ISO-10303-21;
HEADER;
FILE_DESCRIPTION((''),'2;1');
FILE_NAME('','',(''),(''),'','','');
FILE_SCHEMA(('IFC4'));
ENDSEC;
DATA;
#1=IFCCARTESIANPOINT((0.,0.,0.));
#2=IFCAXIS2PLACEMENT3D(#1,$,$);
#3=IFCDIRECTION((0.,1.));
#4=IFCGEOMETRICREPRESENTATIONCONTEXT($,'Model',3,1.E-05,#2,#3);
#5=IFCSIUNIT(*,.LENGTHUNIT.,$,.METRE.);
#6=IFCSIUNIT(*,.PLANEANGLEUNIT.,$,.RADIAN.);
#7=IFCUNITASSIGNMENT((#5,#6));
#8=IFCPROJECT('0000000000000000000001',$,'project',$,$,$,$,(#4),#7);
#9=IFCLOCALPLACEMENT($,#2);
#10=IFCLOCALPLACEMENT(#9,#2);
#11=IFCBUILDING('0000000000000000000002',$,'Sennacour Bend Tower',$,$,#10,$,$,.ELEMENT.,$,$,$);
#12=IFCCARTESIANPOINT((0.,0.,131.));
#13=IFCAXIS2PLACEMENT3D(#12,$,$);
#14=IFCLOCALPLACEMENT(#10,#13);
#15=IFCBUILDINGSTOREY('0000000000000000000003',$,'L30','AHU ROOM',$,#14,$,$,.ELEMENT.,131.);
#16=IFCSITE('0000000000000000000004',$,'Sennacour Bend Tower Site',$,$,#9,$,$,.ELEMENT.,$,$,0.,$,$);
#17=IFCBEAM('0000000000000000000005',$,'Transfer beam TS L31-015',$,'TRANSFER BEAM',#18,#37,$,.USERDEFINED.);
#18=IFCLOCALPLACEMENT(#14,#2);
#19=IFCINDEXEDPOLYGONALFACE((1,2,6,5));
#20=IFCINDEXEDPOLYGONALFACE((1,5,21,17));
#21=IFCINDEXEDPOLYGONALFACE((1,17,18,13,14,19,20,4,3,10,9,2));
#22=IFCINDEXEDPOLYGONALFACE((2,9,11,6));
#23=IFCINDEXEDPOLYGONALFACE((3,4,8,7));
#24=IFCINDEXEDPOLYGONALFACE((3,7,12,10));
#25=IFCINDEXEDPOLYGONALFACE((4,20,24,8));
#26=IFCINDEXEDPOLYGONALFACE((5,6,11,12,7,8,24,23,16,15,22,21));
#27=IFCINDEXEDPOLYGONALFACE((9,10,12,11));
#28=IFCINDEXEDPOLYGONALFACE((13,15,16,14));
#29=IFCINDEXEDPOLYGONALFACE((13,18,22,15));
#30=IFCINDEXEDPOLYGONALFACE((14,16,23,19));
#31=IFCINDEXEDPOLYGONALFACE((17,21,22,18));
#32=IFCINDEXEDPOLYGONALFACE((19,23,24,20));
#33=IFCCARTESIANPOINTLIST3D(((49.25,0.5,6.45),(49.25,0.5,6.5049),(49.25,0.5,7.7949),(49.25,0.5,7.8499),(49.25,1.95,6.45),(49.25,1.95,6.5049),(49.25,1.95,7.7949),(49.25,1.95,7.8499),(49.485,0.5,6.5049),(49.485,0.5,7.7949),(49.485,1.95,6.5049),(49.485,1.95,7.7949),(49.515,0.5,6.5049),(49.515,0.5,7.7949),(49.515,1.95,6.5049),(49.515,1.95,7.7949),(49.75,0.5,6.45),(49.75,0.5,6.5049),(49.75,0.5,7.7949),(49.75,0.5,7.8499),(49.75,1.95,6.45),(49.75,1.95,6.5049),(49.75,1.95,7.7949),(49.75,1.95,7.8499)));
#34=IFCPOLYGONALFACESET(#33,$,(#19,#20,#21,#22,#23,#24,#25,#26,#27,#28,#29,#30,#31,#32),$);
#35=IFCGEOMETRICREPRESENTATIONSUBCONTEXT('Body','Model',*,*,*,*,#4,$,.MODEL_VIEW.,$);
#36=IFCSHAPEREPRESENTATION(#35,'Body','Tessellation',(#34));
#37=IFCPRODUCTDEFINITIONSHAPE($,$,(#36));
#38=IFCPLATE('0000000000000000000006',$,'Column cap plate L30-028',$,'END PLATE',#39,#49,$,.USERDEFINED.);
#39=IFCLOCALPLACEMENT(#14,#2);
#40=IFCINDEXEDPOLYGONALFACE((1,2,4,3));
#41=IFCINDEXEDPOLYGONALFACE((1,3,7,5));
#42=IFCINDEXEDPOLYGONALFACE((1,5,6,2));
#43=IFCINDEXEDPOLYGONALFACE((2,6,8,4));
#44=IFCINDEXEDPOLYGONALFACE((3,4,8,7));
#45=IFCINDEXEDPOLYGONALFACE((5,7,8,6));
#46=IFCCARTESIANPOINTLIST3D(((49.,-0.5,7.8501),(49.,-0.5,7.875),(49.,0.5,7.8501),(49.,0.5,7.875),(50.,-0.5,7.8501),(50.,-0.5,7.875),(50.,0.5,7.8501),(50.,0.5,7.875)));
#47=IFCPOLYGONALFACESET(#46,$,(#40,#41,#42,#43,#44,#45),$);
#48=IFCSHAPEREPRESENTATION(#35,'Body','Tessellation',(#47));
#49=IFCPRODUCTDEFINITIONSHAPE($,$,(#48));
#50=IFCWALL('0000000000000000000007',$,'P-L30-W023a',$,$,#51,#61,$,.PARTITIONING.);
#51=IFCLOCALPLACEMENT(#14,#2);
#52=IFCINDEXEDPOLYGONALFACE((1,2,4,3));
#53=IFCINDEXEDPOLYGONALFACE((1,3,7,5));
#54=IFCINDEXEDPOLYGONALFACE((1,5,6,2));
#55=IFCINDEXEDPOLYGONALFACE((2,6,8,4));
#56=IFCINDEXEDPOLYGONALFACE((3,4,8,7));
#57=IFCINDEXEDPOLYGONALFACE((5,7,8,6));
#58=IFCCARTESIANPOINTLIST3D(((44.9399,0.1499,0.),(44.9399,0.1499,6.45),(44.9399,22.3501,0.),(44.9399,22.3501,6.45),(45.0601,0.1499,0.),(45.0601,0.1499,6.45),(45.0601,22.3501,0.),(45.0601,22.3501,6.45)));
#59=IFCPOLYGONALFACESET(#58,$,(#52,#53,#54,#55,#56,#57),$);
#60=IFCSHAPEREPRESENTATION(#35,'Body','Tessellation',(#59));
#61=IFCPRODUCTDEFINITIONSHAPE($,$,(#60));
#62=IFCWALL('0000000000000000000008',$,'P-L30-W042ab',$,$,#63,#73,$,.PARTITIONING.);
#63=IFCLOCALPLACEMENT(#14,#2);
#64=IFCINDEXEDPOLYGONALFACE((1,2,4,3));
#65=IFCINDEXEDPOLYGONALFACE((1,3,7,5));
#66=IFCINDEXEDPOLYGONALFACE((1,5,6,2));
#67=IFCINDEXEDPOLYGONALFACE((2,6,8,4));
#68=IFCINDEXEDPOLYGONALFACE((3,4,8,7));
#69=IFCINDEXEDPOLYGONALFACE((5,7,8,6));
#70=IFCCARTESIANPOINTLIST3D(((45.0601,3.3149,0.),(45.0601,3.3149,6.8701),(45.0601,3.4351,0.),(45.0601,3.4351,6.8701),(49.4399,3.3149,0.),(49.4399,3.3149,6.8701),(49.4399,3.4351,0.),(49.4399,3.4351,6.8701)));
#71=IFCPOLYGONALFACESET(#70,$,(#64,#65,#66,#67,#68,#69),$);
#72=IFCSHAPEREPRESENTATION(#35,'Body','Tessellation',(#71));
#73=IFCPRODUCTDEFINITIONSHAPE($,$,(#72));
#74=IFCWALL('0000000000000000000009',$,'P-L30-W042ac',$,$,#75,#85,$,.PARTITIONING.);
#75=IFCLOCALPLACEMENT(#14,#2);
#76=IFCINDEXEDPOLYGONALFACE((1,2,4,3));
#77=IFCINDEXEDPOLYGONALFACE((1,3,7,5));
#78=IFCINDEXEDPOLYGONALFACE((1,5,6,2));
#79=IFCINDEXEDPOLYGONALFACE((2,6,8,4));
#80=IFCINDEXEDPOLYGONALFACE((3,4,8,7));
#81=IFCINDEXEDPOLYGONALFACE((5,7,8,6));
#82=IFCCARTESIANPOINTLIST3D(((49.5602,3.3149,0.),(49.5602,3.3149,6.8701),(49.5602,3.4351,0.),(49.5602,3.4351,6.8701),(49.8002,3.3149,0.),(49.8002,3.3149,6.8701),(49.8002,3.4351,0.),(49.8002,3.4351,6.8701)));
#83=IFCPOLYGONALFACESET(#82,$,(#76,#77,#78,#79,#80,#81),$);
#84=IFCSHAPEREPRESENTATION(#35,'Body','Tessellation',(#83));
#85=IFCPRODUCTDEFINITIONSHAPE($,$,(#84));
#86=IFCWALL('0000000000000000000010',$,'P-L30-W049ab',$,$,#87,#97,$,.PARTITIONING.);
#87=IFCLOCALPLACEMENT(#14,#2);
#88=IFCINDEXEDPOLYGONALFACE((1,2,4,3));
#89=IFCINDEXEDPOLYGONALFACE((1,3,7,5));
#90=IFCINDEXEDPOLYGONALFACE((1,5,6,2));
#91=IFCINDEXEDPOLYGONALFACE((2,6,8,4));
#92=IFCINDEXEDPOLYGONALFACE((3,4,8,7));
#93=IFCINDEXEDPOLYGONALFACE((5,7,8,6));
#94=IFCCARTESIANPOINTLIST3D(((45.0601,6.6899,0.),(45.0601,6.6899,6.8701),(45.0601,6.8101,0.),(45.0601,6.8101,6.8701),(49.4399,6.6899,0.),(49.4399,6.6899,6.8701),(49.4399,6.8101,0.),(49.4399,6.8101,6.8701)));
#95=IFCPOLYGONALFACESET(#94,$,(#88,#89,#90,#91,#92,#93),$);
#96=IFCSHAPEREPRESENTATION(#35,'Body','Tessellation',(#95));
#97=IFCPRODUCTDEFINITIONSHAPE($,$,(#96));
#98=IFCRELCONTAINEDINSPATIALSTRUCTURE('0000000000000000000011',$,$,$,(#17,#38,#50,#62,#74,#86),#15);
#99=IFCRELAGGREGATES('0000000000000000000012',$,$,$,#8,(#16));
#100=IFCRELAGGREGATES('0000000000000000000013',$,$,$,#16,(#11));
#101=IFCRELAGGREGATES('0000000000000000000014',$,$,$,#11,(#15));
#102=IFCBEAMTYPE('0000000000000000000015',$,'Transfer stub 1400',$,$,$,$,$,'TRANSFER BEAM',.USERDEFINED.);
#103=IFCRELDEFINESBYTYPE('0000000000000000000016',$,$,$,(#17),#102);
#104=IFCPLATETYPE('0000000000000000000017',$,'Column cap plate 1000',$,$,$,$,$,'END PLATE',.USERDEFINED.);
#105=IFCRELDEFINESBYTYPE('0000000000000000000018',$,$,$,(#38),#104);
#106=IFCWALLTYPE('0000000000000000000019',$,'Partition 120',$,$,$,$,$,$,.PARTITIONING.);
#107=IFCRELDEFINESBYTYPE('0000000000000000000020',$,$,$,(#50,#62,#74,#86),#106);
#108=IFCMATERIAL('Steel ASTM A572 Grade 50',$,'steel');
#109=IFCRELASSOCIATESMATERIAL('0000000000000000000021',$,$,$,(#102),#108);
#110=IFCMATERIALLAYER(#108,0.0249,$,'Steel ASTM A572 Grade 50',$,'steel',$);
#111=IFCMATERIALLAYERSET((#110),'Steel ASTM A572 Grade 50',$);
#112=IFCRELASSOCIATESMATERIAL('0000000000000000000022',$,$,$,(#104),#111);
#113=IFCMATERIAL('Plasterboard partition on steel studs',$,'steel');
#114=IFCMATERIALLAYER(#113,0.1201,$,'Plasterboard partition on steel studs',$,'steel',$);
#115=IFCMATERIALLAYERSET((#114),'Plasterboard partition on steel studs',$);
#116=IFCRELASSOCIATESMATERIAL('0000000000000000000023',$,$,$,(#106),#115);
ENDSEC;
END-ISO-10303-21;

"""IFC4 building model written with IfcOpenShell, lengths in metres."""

from ifc_helpers import new_model, si_unit, direction, frame, frame_2d, origin, origin_2d, place, context, subcontext, project, spatial, rectangle, i_section, extrude, material, layer, layer_set, material_profile, profile_set, type_object, element, save


model = new_model("IFC4")

# Units and contexts
model_context = context("Model", 3, precision=1e-05, world=origin(), true_north=direction((0.0, 1.0)))
body_context = subcontext(model_context, "Body", "Model", "MODEL_VIEW")
ifc_project = project(units=[si_unit("LENGTHUNIT", "METRE"), si_unit("PLANEANGLEUNIT", "RADIAN")], contexts=[model_context])

# Site, building, storey
site_placement = place(None, origin())
site = spatial("IfcSite", under=ifc_project, at=site_placement, Name="Sennacour Bend Tower Site", CompositionType="ELEMENT", RefElevation=0.0)
building_placement = place(site_placement, origin())
building = spatial("IfcBuilding", under=site, at=building_placement, Name="Sennacour Bend Tower", CompositionType="ELEMENT")
storey_placement = place(building_placement, frame((0.0, 0.0, 131.0)))
storey = spatial("IfcBuildingStorey", under=building, at=storey_placement, Name="L30", Description="AHU ROOM", CompositionType="ELEMENT", Elevation=131.0)

# Shared definitions
ifc_material_1 = material(Name="Steel ASTM A572 Grade 50", Category="steel")

# Beam
ifc_material_profile_1 = material_profile(ifc_material_1, i_section(OverallWidth=0.5, OverallDepth=1.3999, WebThickness=0.03, FlangeThickness=0.0549, at=origin_2d()), Name="Steel ASTM A572 Grade 50", Category="steel")
ifc_profile_set_1 = profile_set([ifc_material_profile_1], Name="Steel ASTM A572 Grade 50")
beam_type_1 = type_object("IfcBeamType", Name="Transfer stub 1400", ElementType="TRANSFER BEAM", PredefinedType="USERDEFINED", material=ifc_profile_set_1)
beam_1_placement = place(storey_placement, frame((49.5, 0.5, 7.1499), z_axis=(0.0, 1.0, 0.0), x_axis=(-1.0, 0.0, 0.0)))
element("IfcBeam", 1, at=beam_1_placement, inside=storey, type_object=beam_type_1, Name="Transfer beam TS L31-015", ObjectType="TRANSFER BEAM", PredefinedType="USERDEFINED", context=body_context, shape_type="SweptSolid", body=[
    extrude(i_section(OverallWidth=0.5, OverallDepth=1.3999, WebThickness=0.03, FlangeThickness=0.0549, at=origin_2d()), origin(), (0.0, 0.0, 1.0), 1.45),
])

# Plate
ifc_layer_1 = layer(ifc_material_1, 0.0249, Name="Steel ASTM A572 Grade 50", Category="steel")
ifc_layer_set_1 = layer_set([ifc_layer_1], Name="Steel ASTM A572 Grade 50")
plate_type = type_object("IfcPlateType", Name="Column cap plate 1000", ElementType="END PLATE", PredefinedType="USERDEFINED", material=ifc_layer_set_1)
plate_placement = place(storey_placement, frame((49.5, 0.0, 7.8501), z_axis=(0.0, 0.0, 1.0), x_axis=(1.0, 0.0, 0.0)))
element("IfcPlate", 2, at=plate_placement, inside=storey, type_object=plate_type, Name="Column cap plate L30-028", ObjectType="END PLATE", PredefinedType="USERDEFINED", context=body_context, shape_type="SweptSolid", body=[
    extrude(rectangle(XDim=1.0, YDim=1.0, at=origin_2d()), origin(), (0.0, 0.0, 1.0), 0.0249),
])

# Walls
ifc_material_2 = material(Name="Plasterboard partition on steel studs", Category="steel")
ifc_layer_2 = layer(ifc_material_2, 0.1201, Name="Plasterboard partition on steel studs", Category="steel")
ifc_layer_set_2 = layer_set([ifc_layer_2], Name="Plasterboard partition on steel studs")
wall_type_1 = type_object("IfcWallType", Name="Partition 120", PredefinedType="PARTITIONING", material=ifc_layer_set_2)
wall_1_placement = place(storey_placement, frame((45.0, 0.1499, 0.0), z_axis=(0.0, 0.0, 1.0), x_axis=(0.0, 1.0, 0.0)))
element("IfcWall", 3, at=wall_1_placement, inside=storey, type_object=wall_type_1, Name="P-L30-W023a", PredefinedType="PARTITIONING", context=body_context, shape_type="SweptSolid", body=[
    extrude(rectangle(XDim=22.2002, YDim=0.1201, at=frame_2d((11.1001, 0.0))), origin(), (0.0, 0.0, 1.0), 6.45),
])
wall_2_placement = place(storey_placement, frame((45.0601, 3.375, 0.0), z_axis=(0.0, 0.0, 1.0), x_axis=(1.0, 0.0, 0.0)))
element("IfcWall", 4, at=wall_2_placement, inside=storey, type_object=wall_type_1, Name="P-L30-W042ab", PredefinedType="PARTITIONING", context=body_context, shape_type="SweptSolid", body=[
    extrude(rectangle(XDim=4.3799, YDim=0.1201, at=frame_2d((2.1899, 0.0))), origin(), (0.0, 0.0, 1.0), 6.8701),
])
wall_3_placement = place(storey_placement, frame((49.5601, 3.375, 0.0), z_axis=(0.0, 0.0, 1.0), x_axis=(1.0, 0.0, 0.0)))
element("IfcWall", 5, at=wall_3_placement, inside=storey, type_object=wall_type_1, Name="P-L30-W042ac", PredefinedType="PARTITIONING", context=body_context, shape_type="SweptSolid", body=[
    extrude(rectangle(XDim=0.24, YDim=0.1201, at=frame_2d((0.1201, 0.0))), origin(), (0.0, 0.0, 1.0), 6.8701),
])
wall_4_placement = place(storey_placement, frame((45.0601, 6.75, 0.0), z_axis=(0.0, 0.0, 1.0), x_axis=(1.0, 0.0, 0.0)))
element("IfcWall", 6, at=wall_4_placement, inside=storey, type_object=wall_type_1, Name="P-L30-W049ab", PredefinedType="PARTITIONING", context=body_context, shape_type="SweptSolid", body=[
    extrude(rectangle(XDim=4.3799, YDim=0.1201, at=frame_2d((2.1899, 0.0))), origin(), (0.0, 0.0, 1.0), 6.8701),
])

save(model, "model.ifc")
